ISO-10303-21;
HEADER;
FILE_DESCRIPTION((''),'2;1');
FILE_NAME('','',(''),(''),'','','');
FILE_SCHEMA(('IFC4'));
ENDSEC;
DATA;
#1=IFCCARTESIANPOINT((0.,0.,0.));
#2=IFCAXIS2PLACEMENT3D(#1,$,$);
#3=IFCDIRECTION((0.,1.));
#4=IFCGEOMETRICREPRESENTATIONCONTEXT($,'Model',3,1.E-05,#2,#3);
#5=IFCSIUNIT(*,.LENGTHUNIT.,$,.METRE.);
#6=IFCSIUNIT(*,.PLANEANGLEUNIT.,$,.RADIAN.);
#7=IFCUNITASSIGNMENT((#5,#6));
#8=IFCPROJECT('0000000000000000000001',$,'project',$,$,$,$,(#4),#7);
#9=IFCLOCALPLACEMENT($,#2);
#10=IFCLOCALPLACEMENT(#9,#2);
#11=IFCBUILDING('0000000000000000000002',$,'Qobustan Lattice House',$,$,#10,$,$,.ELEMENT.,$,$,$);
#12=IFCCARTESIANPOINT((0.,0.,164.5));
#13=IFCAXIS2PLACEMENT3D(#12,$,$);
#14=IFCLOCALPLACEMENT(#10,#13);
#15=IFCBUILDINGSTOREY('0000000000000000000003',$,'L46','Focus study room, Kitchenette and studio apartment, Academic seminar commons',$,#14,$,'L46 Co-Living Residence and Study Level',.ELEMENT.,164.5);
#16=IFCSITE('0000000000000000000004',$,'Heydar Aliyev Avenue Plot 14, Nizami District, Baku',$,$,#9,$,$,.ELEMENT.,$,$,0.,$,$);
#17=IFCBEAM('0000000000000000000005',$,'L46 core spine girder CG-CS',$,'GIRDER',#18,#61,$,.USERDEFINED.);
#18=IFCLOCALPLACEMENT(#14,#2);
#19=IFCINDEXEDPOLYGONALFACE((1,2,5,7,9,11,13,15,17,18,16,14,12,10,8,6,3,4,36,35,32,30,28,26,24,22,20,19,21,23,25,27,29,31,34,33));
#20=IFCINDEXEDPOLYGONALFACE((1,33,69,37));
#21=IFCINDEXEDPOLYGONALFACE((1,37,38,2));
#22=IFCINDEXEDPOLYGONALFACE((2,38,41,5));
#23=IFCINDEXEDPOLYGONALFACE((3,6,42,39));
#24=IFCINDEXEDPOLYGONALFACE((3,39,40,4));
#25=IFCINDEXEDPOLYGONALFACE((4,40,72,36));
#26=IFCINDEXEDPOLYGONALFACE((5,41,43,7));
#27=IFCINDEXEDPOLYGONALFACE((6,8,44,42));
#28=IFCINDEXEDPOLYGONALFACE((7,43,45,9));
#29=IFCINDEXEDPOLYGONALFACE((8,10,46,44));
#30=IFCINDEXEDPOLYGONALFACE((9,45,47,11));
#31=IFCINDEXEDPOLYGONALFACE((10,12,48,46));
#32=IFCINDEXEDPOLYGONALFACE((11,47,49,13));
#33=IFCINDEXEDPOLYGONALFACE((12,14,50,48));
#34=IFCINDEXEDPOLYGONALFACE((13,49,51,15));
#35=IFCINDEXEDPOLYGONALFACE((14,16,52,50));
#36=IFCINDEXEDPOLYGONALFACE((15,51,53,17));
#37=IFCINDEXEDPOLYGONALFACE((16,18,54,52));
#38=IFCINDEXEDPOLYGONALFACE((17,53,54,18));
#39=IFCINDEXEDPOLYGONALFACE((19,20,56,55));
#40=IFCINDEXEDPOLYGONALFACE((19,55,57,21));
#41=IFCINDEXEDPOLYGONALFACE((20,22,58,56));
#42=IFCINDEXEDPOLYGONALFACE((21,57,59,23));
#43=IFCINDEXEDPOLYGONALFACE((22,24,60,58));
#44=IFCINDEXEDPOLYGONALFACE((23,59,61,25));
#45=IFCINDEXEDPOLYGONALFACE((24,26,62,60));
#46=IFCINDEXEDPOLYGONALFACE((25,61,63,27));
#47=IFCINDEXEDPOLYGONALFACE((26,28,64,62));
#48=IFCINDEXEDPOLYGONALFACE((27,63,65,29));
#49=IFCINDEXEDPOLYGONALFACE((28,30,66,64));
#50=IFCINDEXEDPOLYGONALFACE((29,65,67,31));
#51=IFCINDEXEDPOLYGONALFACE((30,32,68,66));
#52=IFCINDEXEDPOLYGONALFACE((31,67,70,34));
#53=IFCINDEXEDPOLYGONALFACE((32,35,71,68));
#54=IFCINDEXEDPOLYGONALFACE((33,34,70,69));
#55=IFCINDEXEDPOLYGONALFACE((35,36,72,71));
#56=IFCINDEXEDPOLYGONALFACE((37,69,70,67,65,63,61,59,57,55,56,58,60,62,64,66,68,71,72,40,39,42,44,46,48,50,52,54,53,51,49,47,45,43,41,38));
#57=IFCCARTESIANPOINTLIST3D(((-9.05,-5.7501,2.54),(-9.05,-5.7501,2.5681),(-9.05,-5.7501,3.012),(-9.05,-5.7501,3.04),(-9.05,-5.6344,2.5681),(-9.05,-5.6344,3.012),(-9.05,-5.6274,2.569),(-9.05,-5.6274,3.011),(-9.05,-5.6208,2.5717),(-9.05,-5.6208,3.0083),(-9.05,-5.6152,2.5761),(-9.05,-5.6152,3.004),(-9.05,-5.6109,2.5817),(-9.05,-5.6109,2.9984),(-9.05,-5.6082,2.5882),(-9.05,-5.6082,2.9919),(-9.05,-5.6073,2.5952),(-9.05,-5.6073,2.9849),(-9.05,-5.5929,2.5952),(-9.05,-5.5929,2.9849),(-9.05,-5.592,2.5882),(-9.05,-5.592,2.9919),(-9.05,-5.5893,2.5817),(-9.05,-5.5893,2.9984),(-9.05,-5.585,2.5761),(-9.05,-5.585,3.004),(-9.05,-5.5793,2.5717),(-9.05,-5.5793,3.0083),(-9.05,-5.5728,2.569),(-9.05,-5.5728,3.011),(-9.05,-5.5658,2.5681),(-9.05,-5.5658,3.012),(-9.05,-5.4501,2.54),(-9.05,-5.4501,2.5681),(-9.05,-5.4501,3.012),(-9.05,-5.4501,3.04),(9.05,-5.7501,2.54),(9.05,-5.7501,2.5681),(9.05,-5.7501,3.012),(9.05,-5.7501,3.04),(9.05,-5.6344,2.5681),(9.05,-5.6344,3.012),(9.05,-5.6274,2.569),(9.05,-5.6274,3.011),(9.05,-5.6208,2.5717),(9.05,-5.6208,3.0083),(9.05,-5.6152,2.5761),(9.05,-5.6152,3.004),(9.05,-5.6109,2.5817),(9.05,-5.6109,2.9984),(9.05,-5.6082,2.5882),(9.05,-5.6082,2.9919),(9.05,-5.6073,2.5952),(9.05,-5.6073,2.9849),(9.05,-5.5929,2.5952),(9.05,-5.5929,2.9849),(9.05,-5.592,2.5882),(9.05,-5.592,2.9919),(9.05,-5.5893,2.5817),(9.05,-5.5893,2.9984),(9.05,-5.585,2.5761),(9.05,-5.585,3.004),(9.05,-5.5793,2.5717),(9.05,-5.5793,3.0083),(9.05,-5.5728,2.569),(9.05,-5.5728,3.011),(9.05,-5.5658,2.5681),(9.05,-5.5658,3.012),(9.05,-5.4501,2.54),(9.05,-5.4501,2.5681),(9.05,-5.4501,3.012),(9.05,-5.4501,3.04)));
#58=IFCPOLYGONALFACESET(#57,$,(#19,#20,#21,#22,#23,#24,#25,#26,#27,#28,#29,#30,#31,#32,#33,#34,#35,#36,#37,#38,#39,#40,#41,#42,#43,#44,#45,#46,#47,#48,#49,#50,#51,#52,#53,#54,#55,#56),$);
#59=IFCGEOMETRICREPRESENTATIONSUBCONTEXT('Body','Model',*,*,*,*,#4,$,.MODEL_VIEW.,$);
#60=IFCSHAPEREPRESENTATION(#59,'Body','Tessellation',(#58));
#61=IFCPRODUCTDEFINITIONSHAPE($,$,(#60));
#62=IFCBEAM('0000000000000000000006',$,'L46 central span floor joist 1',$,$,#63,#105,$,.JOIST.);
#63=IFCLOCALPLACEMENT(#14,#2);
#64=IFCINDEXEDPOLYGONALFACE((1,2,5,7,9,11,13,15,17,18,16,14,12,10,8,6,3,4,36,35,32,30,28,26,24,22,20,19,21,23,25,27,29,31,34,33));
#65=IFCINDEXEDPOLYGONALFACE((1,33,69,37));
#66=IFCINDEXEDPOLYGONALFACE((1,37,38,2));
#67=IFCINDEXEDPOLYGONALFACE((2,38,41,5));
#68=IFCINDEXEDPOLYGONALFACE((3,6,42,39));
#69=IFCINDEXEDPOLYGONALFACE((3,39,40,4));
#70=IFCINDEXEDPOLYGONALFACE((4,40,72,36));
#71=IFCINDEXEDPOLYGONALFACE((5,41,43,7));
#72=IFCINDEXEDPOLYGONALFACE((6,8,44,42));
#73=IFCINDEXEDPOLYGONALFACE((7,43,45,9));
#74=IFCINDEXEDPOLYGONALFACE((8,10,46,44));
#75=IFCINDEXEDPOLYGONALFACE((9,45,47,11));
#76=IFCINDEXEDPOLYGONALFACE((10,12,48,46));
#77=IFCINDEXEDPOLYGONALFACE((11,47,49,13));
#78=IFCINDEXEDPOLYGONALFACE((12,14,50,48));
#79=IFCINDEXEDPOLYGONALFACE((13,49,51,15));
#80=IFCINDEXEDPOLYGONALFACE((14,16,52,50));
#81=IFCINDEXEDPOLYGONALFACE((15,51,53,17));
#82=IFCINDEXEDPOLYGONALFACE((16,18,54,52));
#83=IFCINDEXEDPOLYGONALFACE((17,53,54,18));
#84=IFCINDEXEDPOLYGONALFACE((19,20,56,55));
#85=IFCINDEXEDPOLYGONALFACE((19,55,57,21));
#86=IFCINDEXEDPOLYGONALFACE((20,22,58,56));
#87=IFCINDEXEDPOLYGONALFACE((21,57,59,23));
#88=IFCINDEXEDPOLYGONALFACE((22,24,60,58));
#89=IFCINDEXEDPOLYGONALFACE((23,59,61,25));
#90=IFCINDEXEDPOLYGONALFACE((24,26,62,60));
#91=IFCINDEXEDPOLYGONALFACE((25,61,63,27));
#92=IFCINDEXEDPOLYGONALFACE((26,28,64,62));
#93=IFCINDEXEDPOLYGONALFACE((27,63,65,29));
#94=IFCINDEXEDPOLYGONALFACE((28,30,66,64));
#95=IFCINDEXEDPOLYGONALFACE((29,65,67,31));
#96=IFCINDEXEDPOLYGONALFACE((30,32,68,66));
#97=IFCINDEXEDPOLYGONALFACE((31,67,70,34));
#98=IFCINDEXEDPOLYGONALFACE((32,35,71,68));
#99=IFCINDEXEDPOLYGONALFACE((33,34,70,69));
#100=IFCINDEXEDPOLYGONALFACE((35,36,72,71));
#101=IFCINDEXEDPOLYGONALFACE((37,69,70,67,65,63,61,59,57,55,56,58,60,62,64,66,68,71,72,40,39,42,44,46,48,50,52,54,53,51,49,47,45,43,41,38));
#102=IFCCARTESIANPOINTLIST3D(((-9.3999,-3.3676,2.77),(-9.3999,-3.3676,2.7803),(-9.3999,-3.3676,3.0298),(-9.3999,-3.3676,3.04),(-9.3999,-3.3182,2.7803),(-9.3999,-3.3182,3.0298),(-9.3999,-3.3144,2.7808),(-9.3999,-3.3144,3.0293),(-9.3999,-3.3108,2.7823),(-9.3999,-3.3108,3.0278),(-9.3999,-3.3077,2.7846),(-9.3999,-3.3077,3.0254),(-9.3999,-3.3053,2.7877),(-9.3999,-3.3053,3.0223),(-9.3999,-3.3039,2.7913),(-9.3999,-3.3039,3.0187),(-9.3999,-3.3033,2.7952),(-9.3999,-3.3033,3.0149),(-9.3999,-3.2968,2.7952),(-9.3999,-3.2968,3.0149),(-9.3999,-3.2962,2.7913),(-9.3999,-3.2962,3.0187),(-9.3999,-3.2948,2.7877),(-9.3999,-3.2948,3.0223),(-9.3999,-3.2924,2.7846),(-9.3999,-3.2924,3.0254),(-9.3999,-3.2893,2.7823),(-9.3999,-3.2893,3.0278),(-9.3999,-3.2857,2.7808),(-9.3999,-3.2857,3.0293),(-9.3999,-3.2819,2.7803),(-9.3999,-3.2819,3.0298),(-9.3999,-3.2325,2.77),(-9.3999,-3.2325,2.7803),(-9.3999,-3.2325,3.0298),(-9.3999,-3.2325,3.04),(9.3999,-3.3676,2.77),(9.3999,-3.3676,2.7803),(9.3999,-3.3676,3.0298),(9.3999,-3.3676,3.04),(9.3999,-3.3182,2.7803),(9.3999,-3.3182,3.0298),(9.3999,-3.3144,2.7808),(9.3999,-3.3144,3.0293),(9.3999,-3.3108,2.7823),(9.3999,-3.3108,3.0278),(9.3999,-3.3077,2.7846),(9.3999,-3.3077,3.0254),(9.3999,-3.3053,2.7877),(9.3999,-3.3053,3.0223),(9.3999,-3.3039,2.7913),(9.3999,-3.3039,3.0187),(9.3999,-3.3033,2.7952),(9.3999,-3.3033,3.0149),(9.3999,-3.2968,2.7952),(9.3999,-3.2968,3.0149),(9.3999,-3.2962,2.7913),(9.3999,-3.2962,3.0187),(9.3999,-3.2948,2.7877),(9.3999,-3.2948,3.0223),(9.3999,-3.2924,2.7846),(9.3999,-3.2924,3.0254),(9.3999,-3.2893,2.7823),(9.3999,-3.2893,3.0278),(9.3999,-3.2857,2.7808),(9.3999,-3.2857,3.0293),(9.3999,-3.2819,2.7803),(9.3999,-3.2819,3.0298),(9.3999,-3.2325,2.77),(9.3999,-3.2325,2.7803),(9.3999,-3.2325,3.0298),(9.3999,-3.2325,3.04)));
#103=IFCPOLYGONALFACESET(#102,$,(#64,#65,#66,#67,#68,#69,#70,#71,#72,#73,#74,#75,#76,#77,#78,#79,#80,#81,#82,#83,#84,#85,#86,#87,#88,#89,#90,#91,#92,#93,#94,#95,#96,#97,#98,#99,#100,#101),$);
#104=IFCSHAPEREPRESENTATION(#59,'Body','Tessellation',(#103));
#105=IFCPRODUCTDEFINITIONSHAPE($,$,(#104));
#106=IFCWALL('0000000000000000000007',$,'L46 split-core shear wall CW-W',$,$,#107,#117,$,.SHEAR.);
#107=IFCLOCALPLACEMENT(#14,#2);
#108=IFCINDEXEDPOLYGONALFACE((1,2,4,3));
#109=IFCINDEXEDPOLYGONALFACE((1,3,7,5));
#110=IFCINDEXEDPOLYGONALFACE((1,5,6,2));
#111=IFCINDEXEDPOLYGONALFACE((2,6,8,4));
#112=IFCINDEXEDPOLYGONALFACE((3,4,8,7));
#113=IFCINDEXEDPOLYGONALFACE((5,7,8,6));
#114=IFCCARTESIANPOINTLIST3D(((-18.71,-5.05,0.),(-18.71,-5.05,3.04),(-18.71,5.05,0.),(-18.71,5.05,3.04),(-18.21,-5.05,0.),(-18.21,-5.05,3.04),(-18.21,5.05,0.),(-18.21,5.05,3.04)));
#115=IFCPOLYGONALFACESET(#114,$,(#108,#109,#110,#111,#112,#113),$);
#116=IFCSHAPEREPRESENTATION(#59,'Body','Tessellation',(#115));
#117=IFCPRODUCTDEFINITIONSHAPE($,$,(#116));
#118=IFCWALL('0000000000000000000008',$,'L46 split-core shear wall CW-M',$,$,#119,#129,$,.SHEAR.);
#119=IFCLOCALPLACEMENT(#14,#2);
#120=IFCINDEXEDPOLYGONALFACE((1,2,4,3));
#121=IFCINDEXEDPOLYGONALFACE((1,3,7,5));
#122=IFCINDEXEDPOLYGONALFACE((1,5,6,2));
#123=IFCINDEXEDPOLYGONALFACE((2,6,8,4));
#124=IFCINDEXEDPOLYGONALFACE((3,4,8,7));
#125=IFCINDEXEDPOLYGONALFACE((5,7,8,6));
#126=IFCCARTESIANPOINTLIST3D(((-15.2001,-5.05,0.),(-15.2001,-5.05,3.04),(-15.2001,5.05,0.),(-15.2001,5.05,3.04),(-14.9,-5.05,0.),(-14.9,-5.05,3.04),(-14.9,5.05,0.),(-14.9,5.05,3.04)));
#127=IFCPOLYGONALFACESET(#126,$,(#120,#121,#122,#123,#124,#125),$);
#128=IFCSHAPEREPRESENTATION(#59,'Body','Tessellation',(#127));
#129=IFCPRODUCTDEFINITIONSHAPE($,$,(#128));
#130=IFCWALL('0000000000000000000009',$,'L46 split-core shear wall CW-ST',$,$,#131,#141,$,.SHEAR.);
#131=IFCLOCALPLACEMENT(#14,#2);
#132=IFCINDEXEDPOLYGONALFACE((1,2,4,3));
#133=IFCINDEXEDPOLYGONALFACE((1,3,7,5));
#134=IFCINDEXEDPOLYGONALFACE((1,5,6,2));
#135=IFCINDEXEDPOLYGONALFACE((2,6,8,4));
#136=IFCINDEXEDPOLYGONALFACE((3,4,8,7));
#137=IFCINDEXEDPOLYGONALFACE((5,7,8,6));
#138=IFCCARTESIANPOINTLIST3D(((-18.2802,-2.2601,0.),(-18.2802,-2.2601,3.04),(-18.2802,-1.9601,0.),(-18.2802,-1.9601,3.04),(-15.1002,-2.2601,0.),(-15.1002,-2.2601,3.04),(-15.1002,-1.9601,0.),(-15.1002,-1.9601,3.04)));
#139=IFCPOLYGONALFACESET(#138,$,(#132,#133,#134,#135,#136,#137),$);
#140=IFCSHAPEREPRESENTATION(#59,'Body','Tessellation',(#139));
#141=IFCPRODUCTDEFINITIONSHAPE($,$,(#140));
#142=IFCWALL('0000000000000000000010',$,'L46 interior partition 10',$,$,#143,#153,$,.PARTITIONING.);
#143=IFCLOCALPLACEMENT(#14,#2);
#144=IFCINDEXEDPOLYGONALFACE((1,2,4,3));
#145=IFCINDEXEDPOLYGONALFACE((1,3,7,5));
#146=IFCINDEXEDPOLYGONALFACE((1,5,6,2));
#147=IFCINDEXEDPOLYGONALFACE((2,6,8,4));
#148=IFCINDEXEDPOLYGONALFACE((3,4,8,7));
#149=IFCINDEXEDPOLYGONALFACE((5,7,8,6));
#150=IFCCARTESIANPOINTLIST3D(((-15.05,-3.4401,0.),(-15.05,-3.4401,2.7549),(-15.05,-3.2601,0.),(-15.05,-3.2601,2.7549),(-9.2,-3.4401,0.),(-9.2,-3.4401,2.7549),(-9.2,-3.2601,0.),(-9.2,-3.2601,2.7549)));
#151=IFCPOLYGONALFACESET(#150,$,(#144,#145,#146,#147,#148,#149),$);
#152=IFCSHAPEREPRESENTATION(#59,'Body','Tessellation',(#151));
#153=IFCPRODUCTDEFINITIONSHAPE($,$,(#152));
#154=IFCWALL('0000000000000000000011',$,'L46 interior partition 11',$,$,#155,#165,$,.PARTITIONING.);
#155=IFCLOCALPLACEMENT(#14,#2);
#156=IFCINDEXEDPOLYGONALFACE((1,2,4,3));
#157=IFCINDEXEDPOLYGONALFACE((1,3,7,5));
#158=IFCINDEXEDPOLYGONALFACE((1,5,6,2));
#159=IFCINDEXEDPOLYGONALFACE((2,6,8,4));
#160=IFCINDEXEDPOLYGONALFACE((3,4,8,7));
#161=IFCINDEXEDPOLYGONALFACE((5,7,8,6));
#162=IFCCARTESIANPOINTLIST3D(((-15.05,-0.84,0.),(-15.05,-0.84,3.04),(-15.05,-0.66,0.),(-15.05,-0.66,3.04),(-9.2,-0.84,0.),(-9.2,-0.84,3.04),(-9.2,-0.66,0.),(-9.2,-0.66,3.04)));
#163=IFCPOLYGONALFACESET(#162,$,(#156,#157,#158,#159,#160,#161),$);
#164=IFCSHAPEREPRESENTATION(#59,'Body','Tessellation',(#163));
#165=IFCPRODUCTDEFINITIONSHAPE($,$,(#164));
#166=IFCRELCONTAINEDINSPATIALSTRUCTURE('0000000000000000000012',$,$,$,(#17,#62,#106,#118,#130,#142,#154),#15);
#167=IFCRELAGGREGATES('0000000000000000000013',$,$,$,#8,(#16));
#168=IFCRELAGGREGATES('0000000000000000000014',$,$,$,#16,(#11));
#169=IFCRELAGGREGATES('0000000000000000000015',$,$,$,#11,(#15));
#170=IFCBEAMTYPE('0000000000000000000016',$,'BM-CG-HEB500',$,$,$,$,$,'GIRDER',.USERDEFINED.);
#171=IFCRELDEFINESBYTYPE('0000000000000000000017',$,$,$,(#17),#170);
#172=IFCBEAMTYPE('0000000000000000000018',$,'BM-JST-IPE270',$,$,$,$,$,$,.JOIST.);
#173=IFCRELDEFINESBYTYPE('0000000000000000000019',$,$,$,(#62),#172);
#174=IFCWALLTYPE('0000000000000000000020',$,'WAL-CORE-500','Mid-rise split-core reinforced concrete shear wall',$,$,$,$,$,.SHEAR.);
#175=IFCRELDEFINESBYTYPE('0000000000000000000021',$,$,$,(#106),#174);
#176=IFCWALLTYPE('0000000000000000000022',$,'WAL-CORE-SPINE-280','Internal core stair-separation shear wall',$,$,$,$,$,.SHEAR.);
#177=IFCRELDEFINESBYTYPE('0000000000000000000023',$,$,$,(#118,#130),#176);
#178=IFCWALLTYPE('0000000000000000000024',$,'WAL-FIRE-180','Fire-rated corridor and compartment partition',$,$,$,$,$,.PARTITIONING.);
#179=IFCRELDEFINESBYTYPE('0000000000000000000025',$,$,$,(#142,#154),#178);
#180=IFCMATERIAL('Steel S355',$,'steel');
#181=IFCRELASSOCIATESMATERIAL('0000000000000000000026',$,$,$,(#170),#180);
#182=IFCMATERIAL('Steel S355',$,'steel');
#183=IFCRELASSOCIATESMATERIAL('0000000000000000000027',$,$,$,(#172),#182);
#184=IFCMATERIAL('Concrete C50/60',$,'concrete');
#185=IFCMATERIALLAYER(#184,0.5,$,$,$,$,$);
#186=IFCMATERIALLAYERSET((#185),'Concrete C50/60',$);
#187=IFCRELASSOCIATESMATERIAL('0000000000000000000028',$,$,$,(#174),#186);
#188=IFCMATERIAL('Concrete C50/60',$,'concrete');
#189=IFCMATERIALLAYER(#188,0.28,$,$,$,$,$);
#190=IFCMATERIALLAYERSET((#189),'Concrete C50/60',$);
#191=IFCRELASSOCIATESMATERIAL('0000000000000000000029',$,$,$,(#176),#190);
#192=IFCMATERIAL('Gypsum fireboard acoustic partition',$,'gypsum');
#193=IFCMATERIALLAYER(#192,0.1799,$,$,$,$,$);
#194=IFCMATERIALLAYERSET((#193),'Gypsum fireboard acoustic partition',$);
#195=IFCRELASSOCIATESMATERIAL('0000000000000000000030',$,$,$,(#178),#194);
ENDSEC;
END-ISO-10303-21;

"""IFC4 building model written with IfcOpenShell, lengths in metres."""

from ifc_helpers import new_model, si_unit, direction, frame, frame_2d, origin, origin_2d, place, context, subcontext, project, spatial, rectangle, i_section, extrude, material, layer, layer_set, material_profile, profile_set, type_object, element, save


model = new_model("IFC4")

# Units and contexts
model_context = context("Model", 3, precision=1e-05, world=origin(), true_north=direction((0.0, 1.0)))
body_context = subcontext(model_context, "Body", "Model", "MODEL_VIEW")
ifc_project = project(units=[si_unit("LENGTHUNIT", "METRE"), si_unit("PLANEANGLEUNIT", "RADIAN")], contexts=[model_context])

# Site, building, storey
site_placement = place(None, origin())
site = spatial("IfcSite", under=ifc_project, at=site_placement, Name="Heydar Aliyev Avenue Plot 14, Nizami District, Baku", CompositionType="ELEMENT", RefElevation=0.0)
building_placement = place(site_placement, origin())
building = spatial("IfcBuilding", under=site, at=building_placement, Name="Qobustan Lattice House", CompositionType="ELEMENT")
storey_placement = place(building_placement, frame((0.0, 0.0, 164.5)))
storey = spatial("IfcBuildingStorey", under=building, at=storey_placement, Name="L46", Description="Focus study room, Kitchenette and studio apartment, Academic seminar commons", LongName="L46 Co-Living Residence and Study Level", CompositionType="ELEMENT", Elevation=164.5)

# Beams
ifc_material_1 = material(Name="Steel S355", Category="steel")
ifc_material_profile_1 = material_profile(ifc_material_1, i_section(OverallWidth=0.3, OverallDepth=0.5, WebThickness=0.0144, FlangeThickness=0.0281, FilletRadius=0.0271, at=origin_2d()), Name="HEB500")
ifc_profile_set_1 = profile_set([ifc_material_profile_1], Name="Steel S355")
beam_type_1 = type_object("IfcBeamType", Name="BM-CG-HEB500", ElementType="GIRDER", PredefinedType="USERDEFINED", material=ifc_profile_set_1)
beam_1_placement = place(storey_placement, frame((-9.05, -5.6001, 2.79), z_axis=(1.0, 0.0, 0.0), x_axis=(0.0, 1.0, 0.0)))
element("IfcBeam", 1, at=beam_1_placement, inside=storey, type_object=beam_type_1, Name="L46 core spine girder CG-CS", ObjectType="GIRDER", PredefinedType="USERDEFINED", context=body_context, shape_type="SweptSolid", body=[
    extrude(i_section(OverallWidth=0.3, OverallDepth=0.5, WebThickness=0.0144, FlangeThickness=0.0281, FilletRadius=0.0271, at=origin_2d()), origin(), (0.0, 0.0, 1.0), 18.1001),
])
ifc_material_2 = material(Name="Steel S355", Category="steel")
ifc_material_profile_2 = material_profile(ifc_material_2, i_section(OverallWidth=0.135, OverallDepth=0.27, WebThickness=0.0066, FlangeThickness=0.0103, FilletRadius=0.0149, at=origin_2d()), Name="IPE270")
ifc_profile_set_2 = profile_set([ifc_material_profile_2], Name="Steel S355")
beam_type_2 = type_object("IfcBeamType", Name="BM-JST-IPE270", PredefinedType="JOIST", material=ifc_profile_set_2)
beam_2_placement = place(storey_placement, frame((-9.3999, -3.3, 2.905), z_axis=(1.0, 0.0, 0.0), x_axis=(0.0, 1.0, 0.0)))
element("IfcBeam", 2, at=beam_2_placement, inside=storey, type_object=beam_type_2, Name="L46 central span floor joist 1", PredefinedType="JOIST", context=body_context, shape_type="SweptSolid", body=[
    extrude(i_section(OverallWidth=0.135, OverallDepth=0.27, WebThickness=0.0066, FlangeThickness=0.0103, FilletRadius=0.0149, at=origin_2d()), origin(), (0.0, 0.0, 1.0), 18.7998),
])

# Wall
ifc_material_3 = material(Name="Concrete C50/60", Category="concrete")
ifc_layer_1 = layer(ifc_material_3, 0.5)
ifc_layer_set_1 = layer_set([ifc_layer_1], Name="Concrete C50/60")
wall_type_1 = type_object("IfcWallType", Name="WAL-CORE-500", Description="Mid-rise split-core reinforced concrete shear wall", PredefinedType="SHEAR", material=ifc_layer_set_1)
wall_1_placement = place(storey_placement, frame((-18.46, -5.05, 0.0), z_axis=(0.0, 0.0, 1.0), x_axis=(0.0, 1.0, 0.0)))
element("IfcWall", 3, at=wall_1_placement, inside=storey, type_object=wall_type_1, Name="L46 split-core shear wall CW-W", PredefinedType="SHEAR", context=body_context, shape_type="SweptSolid", body=[
    extrude(rectangle(XDim=10.1001, YDim=0.5, at=frame_2d((5.05, 0.0))), origin(), (0.0, 0.0, 1.0), 3.04),
])

# Walls
ifc_material_4 = material(Name="Concrete C50/60", Category="concrete")
ifc_layer_2 = layer(ifc_material_4, 0.28)
ifc_layer_set_2 = layer_set([ifc_layer_2], Name="Concrete C50/60")
wall_type_2 = type_object("IfcWallType", Name="WAL-CORE-SPINE-280", Description="Internal core stair-separation shear wall", PredefinedType="SHEAR", material=ifc_layer_set_2)
wall_2_placement = place(storey_placement, frame((-15.05, -5.05, 0.0), z_axis=(0.0, 0.0, 1.0), x_axis=(0.0, 1.0, 0.0)))
element("IfcWall", 4, at=wall_2_placement, inside=storey, type_object=wall_type_2, Name="L46 split-core shear wall CW-M", PredefinedType="SHEAR", context=body_context, shape_type="SweptSolid", body=[
    extrude(rectangle(XDim=10.1001, YDim=0.3, at=frame_2d((5.05, 0.0))), origin(), (0.0, 0.0, 1.0), 3.04),
])
wall_3_placement = place(storey_placement, frame((-18.28, -2.1101, 0.0), z_axis=(0.0, 0.0, 1.0), x_axis=(1.0, 0.0, 0.0)))
element("IfcWall", 5, at=wall_3_placement, inside=storey, type_object=wall_type_2, Name="L46 split-core shear wall CW-ST", PredefinedType="SHEAR", context=body_context, shape_type="SweptSolid", body=[
    extrude(rectangle(XDim=3.1799, YDim=0.3, at=frame_2d((1.5898, 0.0))), origin(), (0.0, 0.0, 1.0), 3.04),
])
ifc_material_5 = material(Name="Gypsum fireboard acoustic partition", Category="gypsum")
ifc_layer_3 = layer(ifc_material_5, 0.1799)
ifc_layer_set_3 = layer_set([ifc_layer_3], Name="Gypsum fireboard acoustic partition")
wall_type_3 = type_object("IfcWallType", Name="WAL-FIRE-180", Description="Fire-rated corridor and compartment partition", PredefinedType="PARTITIONING", material=ifc_layer_set_3)
wall_4_placement = place(storey_placement, frame((-15.05, -3.3501, 0.0), z_axis=(0.0, 0.0, 1.0), x_axis=(1.0, 0.0, 0.0)))
element("IfcWall", 6, at=wall_4_placement, inside=storey, type_object=wall_type_3, Name="L46 interior partition 10", PredefinedType="PARTITIONING", context=body_context, shape_type="SweptSolid", body=[
    extrude(rectangle(XDim=5.8501, YDim=0.1799, at=frame_2d((2.925, 0.0))), origin(), (0.0, 0.0, 1.0), 2.7549),
])
wall_5_placement = place(storey_placement, frame((-9.2, -0.75, 0.0), z_axis=(0.0, 0.0, 1.0), x_axis=(-1.0, 0.0, 0.0)))
element("IfcWall", 7, at=wall_5_placement, inside=storey, type_object=wall_type_3, Name="L46 interior partition 11", PredefinedType="PARTITIONING", context=body_context, shape_type="SweptSolid", body=[
    extrude(rectangle(XDim=5.8501, YDim=0.1799, at=frame_2d((2.925, 0.0))), origin(), (0.0, 0.0, 1.0), 3.04),
])

save(model, "model.ifc")
